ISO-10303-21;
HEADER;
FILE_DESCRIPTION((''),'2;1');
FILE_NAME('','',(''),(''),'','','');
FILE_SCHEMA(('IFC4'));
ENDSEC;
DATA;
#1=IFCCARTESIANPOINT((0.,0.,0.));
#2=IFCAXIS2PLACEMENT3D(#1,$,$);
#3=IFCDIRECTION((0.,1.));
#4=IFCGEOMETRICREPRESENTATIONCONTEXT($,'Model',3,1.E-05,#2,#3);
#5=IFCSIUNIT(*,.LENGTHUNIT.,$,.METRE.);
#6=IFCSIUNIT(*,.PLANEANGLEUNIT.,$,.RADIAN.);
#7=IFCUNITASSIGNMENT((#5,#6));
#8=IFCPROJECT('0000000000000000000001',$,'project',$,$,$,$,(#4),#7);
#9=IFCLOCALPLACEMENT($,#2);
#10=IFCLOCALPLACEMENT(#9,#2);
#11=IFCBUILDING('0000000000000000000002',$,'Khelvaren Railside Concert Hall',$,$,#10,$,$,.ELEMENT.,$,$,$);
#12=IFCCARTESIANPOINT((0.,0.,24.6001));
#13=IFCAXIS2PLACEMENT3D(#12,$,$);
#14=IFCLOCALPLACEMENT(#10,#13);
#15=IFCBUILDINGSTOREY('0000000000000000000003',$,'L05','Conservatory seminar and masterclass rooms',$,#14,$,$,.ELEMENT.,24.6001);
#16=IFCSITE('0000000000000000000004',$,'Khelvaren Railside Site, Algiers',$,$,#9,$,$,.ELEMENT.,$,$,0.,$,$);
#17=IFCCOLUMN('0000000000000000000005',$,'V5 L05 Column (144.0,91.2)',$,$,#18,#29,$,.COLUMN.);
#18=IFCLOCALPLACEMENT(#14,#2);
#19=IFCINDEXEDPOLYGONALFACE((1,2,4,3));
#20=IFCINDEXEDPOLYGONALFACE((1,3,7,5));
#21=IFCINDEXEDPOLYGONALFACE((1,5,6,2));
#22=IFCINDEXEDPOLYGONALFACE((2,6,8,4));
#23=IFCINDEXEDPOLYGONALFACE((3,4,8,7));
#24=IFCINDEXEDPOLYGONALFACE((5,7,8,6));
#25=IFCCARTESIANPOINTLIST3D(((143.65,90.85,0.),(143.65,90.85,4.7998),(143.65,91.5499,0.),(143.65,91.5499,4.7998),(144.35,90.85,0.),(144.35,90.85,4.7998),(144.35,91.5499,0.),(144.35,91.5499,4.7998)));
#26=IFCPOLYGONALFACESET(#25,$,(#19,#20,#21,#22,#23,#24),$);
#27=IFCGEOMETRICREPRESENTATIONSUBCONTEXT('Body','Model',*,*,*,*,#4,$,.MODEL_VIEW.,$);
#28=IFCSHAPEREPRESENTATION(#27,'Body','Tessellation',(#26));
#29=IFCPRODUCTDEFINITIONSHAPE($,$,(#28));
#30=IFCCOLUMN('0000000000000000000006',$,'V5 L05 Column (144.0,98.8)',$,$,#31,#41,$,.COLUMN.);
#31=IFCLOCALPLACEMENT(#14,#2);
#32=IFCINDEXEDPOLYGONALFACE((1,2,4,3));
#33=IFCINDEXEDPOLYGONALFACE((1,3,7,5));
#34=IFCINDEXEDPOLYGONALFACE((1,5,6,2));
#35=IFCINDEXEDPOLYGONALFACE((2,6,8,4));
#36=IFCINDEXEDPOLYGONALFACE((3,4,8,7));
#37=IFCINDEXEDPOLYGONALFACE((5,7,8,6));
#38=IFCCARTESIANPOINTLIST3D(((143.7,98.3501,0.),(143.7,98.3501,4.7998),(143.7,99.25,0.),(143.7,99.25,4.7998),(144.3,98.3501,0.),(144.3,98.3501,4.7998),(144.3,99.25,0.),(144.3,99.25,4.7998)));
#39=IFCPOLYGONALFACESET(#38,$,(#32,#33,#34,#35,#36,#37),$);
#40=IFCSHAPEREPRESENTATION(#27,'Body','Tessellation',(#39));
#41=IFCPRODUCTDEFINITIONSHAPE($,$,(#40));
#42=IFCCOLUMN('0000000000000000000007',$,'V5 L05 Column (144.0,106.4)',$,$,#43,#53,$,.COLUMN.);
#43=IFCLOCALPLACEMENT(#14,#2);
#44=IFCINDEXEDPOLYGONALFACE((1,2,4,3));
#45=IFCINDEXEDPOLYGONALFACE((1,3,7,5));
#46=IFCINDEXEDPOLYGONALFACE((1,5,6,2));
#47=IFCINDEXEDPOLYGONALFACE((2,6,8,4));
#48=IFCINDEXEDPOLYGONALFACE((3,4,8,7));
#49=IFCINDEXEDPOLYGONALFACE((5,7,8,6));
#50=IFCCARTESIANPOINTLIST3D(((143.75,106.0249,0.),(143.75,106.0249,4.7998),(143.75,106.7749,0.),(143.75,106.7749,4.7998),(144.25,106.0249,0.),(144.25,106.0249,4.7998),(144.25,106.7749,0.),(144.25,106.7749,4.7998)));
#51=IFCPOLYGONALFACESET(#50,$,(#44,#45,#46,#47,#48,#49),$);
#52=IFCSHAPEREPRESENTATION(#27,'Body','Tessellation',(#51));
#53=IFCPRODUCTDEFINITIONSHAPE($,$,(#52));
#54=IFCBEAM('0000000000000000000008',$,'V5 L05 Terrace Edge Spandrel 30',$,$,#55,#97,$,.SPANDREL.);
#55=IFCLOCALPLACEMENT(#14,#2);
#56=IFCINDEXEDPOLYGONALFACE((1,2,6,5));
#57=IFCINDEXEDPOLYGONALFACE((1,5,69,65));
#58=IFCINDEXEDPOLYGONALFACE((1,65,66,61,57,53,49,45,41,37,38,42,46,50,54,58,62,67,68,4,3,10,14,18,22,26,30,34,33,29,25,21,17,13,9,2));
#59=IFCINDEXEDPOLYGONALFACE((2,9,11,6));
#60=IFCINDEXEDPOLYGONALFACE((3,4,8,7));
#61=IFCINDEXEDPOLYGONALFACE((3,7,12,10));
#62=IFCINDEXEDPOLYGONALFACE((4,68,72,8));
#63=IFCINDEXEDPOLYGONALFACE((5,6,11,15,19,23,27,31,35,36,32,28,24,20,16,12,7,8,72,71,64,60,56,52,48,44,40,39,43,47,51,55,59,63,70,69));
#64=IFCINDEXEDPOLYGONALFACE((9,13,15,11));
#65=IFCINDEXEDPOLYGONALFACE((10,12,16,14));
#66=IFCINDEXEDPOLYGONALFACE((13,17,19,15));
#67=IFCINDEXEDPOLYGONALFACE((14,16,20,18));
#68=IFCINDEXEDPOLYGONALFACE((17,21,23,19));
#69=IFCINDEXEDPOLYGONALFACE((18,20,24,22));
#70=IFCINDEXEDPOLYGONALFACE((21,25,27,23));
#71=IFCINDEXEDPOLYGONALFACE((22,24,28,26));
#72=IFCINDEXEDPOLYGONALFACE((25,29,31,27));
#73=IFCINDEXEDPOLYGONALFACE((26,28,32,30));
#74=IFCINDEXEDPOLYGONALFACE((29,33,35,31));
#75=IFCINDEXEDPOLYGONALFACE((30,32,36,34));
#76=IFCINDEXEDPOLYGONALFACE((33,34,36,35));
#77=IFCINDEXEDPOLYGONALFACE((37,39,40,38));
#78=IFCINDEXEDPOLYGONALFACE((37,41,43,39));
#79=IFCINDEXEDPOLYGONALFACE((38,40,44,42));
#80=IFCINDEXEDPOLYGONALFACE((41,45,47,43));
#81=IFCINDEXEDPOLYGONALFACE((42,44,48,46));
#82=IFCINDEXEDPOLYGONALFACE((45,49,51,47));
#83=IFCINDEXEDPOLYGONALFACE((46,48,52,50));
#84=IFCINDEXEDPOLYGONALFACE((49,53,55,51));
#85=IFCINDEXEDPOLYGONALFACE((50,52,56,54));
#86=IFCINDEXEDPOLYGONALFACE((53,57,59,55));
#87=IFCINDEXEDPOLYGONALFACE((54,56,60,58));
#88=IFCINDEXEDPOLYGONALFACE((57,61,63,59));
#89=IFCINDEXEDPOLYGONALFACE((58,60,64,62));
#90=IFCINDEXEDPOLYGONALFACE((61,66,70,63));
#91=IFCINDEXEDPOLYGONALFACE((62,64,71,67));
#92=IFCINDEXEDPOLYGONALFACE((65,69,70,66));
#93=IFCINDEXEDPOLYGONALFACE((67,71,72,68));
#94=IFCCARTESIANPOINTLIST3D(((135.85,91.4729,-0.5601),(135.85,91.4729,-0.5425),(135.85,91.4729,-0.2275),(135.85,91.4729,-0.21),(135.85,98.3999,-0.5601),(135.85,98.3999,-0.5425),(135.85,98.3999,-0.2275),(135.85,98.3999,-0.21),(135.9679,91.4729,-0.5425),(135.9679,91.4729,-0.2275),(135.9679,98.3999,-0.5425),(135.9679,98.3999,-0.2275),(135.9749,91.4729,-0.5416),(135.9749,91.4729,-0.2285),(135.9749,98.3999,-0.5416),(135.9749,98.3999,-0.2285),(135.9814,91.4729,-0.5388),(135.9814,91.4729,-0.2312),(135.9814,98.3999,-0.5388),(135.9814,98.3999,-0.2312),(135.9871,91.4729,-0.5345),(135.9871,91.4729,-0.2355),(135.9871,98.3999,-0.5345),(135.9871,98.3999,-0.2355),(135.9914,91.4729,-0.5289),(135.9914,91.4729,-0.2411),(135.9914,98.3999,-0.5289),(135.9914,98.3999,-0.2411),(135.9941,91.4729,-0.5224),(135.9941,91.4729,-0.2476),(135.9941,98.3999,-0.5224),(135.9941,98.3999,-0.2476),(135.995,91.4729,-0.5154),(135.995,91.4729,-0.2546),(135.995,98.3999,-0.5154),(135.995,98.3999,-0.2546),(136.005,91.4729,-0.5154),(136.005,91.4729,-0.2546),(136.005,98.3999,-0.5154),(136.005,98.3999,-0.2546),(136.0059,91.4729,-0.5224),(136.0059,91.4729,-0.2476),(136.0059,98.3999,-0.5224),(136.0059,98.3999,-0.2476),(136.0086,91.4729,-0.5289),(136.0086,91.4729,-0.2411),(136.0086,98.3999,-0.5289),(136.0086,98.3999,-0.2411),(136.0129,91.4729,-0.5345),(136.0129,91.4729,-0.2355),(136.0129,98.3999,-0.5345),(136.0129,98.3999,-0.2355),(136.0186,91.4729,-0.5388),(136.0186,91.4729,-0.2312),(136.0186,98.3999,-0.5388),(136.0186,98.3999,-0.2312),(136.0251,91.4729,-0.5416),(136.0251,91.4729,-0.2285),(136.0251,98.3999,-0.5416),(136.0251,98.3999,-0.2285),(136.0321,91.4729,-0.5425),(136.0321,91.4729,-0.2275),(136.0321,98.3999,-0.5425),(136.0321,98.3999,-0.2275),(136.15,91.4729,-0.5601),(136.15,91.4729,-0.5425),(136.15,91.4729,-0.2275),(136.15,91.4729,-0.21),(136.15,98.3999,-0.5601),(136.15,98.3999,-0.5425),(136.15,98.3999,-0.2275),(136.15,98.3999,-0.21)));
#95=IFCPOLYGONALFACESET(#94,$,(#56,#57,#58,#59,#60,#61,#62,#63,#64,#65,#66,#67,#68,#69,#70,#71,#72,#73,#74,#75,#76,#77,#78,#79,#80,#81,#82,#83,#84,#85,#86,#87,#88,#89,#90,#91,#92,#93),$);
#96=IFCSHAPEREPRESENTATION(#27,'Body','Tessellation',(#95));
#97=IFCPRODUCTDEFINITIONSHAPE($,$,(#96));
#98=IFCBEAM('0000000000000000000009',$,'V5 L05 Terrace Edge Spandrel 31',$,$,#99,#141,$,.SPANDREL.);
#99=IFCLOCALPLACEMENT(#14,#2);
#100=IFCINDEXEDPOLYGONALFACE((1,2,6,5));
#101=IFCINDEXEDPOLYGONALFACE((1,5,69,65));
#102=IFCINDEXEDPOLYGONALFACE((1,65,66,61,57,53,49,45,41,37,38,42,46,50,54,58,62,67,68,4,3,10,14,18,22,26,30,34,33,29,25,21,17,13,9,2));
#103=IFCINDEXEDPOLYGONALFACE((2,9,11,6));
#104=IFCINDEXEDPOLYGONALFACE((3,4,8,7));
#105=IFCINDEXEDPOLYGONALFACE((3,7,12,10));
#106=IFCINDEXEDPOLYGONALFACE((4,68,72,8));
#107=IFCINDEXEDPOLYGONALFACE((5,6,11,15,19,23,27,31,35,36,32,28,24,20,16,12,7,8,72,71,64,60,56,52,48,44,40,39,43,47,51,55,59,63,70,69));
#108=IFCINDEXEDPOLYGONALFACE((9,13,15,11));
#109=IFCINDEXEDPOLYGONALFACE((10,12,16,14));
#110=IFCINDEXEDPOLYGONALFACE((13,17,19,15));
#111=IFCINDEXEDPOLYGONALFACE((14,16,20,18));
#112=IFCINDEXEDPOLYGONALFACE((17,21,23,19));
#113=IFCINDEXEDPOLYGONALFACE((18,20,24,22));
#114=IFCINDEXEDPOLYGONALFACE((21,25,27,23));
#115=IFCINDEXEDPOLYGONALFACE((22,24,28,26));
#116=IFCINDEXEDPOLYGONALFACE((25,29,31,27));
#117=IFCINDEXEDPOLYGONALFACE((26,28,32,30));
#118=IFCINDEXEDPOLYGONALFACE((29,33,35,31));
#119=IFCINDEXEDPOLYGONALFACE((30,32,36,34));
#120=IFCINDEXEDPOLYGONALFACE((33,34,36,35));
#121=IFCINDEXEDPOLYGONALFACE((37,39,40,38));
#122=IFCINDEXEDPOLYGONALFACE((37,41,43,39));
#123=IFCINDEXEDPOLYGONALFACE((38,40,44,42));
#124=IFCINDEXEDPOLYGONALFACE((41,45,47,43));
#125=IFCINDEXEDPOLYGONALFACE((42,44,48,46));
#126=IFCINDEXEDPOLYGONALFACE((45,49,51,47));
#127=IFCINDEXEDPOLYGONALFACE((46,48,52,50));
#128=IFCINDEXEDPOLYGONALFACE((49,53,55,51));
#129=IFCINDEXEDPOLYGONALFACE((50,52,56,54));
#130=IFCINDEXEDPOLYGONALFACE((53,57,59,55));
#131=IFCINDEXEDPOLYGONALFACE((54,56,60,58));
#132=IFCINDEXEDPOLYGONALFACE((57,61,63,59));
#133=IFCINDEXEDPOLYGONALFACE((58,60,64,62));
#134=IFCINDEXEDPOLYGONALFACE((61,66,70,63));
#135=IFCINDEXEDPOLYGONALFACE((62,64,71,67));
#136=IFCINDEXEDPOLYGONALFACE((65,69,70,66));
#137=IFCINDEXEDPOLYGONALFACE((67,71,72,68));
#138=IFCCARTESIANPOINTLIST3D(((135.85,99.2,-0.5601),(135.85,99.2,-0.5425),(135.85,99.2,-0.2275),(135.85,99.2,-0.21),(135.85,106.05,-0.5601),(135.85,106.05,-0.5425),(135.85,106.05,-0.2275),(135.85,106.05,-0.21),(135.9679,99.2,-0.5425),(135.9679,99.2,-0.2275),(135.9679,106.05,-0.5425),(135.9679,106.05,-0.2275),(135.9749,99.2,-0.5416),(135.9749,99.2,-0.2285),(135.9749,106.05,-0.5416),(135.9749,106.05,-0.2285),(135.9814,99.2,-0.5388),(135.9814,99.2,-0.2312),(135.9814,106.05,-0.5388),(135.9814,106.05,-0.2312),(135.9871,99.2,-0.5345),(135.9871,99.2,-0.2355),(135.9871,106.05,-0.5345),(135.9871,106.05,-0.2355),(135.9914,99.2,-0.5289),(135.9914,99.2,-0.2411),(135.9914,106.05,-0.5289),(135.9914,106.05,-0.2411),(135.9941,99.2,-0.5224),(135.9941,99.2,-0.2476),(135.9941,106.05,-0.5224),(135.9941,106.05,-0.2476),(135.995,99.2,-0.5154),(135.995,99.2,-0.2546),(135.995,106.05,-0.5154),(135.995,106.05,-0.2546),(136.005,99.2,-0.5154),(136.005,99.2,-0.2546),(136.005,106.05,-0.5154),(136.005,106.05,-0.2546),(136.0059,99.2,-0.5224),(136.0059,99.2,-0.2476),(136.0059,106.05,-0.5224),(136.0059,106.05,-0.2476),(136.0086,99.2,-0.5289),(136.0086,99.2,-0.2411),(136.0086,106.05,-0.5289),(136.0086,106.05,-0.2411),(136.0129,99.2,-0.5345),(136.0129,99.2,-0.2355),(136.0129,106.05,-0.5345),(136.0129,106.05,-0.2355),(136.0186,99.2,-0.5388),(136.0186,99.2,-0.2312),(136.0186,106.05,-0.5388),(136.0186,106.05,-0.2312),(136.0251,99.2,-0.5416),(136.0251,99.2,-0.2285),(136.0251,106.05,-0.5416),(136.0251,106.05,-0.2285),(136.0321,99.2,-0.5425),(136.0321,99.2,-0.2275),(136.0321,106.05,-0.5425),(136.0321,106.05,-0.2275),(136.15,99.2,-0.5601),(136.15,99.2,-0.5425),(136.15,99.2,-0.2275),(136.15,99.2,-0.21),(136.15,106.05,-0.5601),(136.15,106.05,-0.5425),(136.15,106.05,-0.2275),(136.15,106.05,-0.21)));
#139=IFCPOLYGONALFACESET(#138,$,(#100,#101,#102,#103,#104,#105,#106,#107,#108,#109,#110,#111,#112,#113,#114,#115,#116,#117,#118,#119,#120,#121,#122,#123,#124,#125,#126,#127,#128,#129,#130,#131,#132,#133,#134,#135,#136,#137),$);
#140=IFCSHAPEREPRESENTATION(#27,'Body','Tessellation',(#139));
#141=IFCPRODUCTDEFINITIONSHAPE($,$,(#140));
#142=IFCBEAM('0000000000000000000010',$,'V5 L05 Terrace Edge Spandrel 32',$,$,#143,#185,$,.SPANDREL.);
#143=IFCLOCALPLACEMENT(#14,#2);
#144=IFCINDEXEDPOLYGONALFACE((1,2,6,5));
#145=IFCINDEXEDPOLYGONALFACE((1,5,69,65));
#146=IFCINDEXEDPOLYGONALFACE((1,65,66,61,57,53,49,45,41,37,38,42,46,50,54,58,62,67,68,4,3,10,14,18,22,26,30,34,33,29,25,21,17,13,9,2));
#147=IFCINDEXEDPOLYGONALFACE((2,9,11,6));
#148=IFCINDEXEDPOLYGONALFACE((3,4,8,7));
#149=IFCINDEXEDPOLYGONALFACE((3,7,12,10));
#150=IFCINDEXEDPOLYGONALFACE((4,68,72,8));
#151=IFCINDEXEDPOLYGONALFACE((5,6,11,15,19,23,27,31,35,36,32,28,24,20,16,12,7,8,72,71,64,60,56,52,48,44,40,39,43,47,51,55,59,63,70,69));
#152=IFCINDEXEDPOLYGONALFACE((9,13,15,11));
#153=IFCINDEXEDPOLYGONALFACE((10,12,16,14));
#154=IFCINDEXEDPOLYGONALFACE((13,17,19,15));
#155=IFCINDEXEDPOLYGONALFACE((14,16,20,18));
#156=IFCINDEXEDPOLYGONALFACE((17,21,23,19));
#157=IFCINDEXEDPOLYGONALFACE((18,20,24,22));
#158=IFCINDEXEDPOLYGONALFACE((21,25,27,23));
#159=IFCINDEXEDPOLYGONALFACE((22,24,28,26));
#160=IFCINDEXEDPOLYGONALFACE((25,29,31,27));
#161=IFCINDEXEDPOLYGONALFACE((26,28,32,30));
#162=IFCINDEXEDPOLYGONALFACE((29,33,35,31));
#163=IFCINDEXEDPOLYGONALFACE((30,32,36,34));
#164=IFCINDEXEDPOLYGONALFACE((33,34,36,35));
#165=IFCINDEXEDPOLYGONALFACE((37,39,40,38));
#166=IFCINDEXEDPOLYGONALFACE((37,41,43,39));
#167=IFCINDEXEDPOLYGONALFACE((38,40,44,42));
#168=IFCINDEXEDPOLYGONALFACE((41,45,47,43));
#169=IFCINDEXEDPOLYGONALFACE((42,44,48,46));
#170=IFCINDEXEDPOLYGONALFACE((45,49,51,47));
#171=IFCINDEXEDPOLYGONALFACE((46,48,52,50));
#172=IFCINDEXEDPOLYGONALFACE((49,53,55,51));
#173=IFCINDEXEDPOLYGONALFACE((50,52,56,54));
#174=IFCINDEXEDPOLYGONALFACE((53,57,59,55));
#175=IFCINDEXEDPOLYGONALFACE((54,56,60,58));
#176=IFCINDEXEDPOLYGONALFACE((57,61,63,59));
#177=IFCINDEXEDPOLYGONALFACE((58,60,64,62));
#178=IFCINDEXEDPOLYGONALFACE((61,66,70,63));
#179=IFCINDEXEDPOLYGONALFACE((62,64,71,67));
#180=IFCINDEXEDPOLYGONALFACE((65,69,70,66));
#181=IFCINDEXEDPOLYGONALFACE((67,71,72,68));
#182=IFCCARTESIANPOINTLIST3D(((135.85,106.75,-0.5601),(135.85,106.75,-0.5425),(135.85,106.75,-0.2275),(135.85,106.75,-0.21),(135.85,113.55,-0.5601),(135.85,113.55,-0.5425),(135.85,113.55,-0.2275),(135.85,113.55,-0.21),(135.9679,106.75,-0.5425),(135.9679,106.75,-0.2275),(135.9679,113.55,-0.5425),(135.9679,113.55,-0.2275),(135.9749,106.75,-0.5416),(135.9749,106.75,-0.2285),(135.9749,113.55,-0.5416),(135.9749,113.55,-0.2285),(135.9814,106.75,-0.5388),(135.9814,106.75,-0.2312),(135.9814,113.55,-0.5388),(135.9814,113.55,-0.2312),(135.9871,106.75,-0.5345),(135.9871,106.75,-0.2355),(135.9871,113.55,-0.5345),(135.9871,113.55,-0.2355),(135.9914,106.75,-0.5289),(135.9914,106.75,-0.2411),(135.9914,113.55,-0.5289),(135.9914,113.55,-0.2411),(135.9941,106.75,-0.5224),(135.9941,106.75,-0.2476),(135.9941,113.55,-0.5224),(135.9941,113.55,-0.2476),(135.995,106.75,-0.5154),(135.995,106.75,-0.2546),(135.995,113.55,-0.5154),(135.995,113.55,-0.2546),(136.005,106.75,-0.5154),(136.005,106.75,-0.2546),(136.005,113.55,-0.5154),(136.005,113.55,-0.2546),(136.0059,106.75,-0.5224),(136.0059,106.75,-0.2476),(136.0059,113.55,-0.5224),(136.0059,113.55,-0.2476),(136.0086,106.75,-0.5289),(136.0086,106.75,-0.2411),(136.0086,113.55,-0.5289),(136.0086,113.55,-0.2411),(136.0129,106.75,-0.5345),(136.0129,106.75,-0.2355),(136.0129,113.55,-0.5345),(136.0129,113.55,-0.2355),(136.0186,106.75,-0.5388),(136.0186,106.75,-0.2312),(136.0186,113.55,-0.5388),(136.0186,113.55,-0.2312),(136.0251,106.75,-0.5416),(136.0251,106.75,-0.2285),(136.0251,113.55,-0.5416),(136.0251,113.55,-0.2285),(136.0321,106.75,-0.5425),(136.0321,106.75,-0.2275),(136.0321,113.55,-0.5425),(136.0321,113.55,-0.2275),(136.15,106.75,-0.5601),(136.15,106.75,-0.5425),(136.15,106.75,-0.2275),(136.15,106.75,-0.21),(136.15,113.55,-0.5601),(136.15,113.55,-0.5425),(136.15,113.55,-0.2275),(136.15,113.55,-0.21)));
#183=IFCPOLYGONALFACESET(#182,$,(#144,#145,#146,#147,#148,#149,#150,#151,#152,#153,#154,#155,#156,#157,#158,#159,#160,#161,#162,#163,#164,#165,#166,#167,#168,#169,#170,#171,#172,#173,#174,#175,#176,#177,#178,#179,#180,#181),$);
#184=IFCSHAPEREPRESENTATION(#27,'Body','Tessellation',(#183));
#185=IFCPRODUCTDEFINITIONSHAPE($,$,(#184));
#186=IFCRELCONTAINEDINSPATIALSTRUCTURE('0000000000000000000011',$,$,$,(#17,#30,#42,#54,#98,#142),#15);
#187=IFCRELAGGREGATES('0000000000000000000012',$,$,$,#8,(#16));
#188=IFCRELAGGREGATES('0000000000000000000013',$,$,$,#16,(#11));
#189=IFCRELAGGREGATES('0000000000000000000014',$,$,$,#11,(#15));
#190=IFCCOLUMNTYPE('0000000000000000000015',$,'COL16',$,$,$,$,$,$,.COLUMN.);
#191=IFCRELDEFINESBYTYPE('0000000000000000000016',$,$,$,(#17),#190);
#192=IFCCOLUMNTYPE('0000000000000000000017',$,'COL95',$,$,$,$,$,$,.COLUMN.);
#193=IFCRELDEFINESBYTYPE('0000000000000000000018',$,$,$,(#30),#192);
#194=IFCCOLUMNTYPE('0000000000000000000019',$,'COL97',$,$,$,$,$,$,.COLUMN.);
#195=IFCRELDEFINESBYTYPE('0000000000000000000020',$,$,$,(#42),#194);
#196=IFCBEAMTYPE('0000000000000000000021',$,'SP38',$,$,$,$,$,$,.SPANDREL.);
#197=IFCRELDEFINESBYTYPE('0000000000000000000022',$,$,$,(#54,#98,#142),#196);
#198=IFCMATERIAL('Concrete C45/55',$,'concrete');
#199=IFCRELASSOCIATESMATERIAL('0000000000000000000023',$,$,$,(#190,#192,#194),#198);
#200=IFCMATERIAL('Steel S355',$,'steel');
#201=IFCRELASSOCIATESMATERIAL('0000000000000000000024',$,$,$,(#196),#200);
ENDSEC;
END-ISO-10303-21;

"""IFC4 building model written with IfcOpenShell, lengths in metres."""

from ifc_helpers import new_model, si_unit, direction, frame, origin, origin_2d, place, context, subcontext, project, spatial, rectangle, i_section, extrude, material, material_profile, profile_set, type_object, element, save


model = new_model("IFC4")

# Units and contexts
model_context = context("Model", 3, precision=1e-05, world=origin(), true_north=direction((0.0, 1.0)))
body_context = subcontext(model_context, "Body", "Model", "MODEL_VIEW")
ifc_project = project(units=[si_unit("LENGTHUNIT", "METRE"), si_unit("PLANEANGLEUNIT", "RADIAN")], contexts=[model_context])

# Site, building, storey
site_placement = place(None, origin())
site = spatial("IfcSite", under=ifc_project, at=site_placement, Name="Khelvaren Railside Site, Algiers", CompositionType="ELEMENT", RefElevation=0.0)
building_placement = place(site_placement, origin())
building = spatial("IfcBuilding", under=site, at=building_placement, Name="Khelvaren Railside Concert Hall", CompositionType="ELEMENT")
storey_placement = place(building_placement, frame((0.0, 0.0, 24.6001)))
storey = spatial("IfcBuildingStorey", under=building, at=storey_placement, Name="L05", Description="Conservatory seminar and masterclass rooms", CompositionType="ELEMENT", Elevation=24.6001)

# Columns
ifc_material_1 = material(Name="Concrete C45/55", Category="concrete")
ifc_material_profile_1 = material_profile(ifc_material_1, rectangle(XDim=0.7, YDim=0.7, at=origin_2d()), Name="RC 700x700")
ifc_profile_set_1 = profile_set([ifc_material_profile_1], Name="Concrete C45/55")
column_type_1 = type_object("IfcColumnType", Name="COL16", PredefinedType="COLUMN", material=ifc_profile_set_1)
column_1_placement = place(storey_placement, frame((144.0, 91.2, 0.0), z_axis=(0.0, 0.0, 1.0), x_axis=(1.0, 0.0, 0.0)))
element("IfcColumn", 1, at=column_1_placement, inside=storey, type_object=column_type_1, Name="V5 L05 Column (144.0,91.2)", PredefinedType="COLUMN", context=body_context, shape_type="SweptSolid", body=[
    extrude(rectangle(XDim=0.7, YDim=0.7, at=origin_2d()), origin(), (0.0, 0.0, 1.0), 4.7998),
])
ifc_material_profile_2 = material_profile(ifc_material_1, rectangle(XDim=0.6001, YDim=0.8999, at=origin_2d()), Name="RC 600x900")
ifc_profile_set_2 = profile_set([ifc_material_profile_2], Name="Concrete C45/55")
column_type_2 = type_object("IfcColumnType", Name="COL95", PredefinedType="COLUMN", material=ifc_profile_set_2)
column_2_placement = place(storey_placement, frame((144.0, 98.8, 0.0), z_axis=(0.0, 0.0, 1.0), x_axis=(1.0, 0.0, 0.0)))
element("IfcColumn", 2, at=column_2_placement, inside=storey, type_object=column_type_2, Name="V5 L05 Column (144.0,98.8)", PredefinedType="COLUMN", context=body_context, shape_type="SweptSolid", body=[
    extrude(rectangle(XDim=0.6001, YDim=0.8999, at=origin_2d()), origin(), (0.0, 0.0, 1.0), 4.7998),
])
ifc_material_profile_3 = material_profile(ifc_material_1, rectangle(XDim=0.5, YDim=0.75, at=origin_2d()), Name="RC 500x750")
ifc_profile_set_3 = profile_set([ifc_material_profile_3], Name="Concrete C45/55")
column_type_3 = type_object("IfcColumnType", Name="COL97", PredefinedType="COLUMN", material=ifc_profile_set_3)
column_3_placement = place(storey_placement, frame((144.0, 106.3999, 0.0), z_axis=(0.0, 0.0, 1.0), x_axis=(1.0, 0.0, 0.0)))
element("IfcColumn", 3, at=column_3_placement, inside=storey, type_object=column_type_3, Name="V5 L05 Column (144.0,106.4)", PredefinedType="COLUMN", context=body_context, shape_type="SweptSolid", body=[
    extrude(rectangle(XDim=0.5, YDim=0.75, at=origin_2d()), origin(), (0.0, 0.0, 1.0), 4.7998),
])

# Beams
ifc_material_2 = material(Name="Steel S355", Category="steel")
ifc_material_profile_4 = material_profile(ifc_material_2, i_section(OverallWidth=0.3, OverallDepth=0.3501, WebThickness=0.01, FlangeThickness=0.0176, FilletRadius=0.0271, at=origin_2d()), Name="HEA 360")
ifc_profile_set_4 = profile_set([ifc_material_profile_4], Name="Steel S355")
beam_type = type_object("IfcBeamType", Name="SP38", PredefinedType="SPANDREL", material=ifc_profile_set_4)
beam_1_placement = place(storey_placement, frame((136.0, 91.4729, -0.385), z_axis=(0.0, 1.0, 0.0), x_axis=(-1.0, 0.0, 0.0)))
element("IfcBeam", 4, at=beam_1_placement, inside=storey, type_object=beam_type, Name="V5 L05 Terrace Edge Spandrel 30", PredefinedType="SPANDREL", context=body_context, shape_type="SweptSolid", body=[
    extrude(i_section(OverallWidth=0.3, OverallDepth=0.3501, WebThickness=0.01, FlangeThickness=0.0176, FilletRadius=0.0271, at=origin_2d()), origin(), (0.0, 0.0, 1.0), 6.927),
])
beam_2_placement = place(storey_placement, frame((136.0, 99.2, -0.385), z_axis=(0.0, 1.0, 0.0), x_axis=(-1.0, 0.0, 0.0)))
element("IfcBeam", 5, at=beam_2_placement, inside=storey, type_object=beam_type, Name="V5 L05 Terrace Edge Spandrel 31", PredefinedType="SPANDREL", context=body_context, shape_type="SweptSolid", body=[
    extrude(i_section(OverallWidth=0.3, OverallDepth=0.3501, WebThickness=0.01, FlangeThickness=0.0176, FilletRadius=0.0271, at=origin_2d()), origin(), (0.0, 0.0, 1.0), 6.8501),
])
beam_3_placement = place(storey_placement, frame((136.0, 106.75, -0.385), z_axis=(0.0, 1.0, 0.0), x_axis=(-1.0, 0.0, 0.0)))
element("IfcBeam", 6, at=beam_3_placement, inside=storey, type_object=beam_type, Name="V5 L05 Terrace Edge Spandrel 32", PredefinedType="SPANDREL", context=body_context, shape_type="SweptSolid", body=[
    extrude(i_section(OverallWidth=0.3, OverallDepth=0.3501, WebThickness=0.01, FlangeThickness=0.0176, FilletRadius=0.0271, at=origin_2d()), origin(), (0.0, 0.0, 1.0), 6.8),
])

save(model, "model.ifc")
